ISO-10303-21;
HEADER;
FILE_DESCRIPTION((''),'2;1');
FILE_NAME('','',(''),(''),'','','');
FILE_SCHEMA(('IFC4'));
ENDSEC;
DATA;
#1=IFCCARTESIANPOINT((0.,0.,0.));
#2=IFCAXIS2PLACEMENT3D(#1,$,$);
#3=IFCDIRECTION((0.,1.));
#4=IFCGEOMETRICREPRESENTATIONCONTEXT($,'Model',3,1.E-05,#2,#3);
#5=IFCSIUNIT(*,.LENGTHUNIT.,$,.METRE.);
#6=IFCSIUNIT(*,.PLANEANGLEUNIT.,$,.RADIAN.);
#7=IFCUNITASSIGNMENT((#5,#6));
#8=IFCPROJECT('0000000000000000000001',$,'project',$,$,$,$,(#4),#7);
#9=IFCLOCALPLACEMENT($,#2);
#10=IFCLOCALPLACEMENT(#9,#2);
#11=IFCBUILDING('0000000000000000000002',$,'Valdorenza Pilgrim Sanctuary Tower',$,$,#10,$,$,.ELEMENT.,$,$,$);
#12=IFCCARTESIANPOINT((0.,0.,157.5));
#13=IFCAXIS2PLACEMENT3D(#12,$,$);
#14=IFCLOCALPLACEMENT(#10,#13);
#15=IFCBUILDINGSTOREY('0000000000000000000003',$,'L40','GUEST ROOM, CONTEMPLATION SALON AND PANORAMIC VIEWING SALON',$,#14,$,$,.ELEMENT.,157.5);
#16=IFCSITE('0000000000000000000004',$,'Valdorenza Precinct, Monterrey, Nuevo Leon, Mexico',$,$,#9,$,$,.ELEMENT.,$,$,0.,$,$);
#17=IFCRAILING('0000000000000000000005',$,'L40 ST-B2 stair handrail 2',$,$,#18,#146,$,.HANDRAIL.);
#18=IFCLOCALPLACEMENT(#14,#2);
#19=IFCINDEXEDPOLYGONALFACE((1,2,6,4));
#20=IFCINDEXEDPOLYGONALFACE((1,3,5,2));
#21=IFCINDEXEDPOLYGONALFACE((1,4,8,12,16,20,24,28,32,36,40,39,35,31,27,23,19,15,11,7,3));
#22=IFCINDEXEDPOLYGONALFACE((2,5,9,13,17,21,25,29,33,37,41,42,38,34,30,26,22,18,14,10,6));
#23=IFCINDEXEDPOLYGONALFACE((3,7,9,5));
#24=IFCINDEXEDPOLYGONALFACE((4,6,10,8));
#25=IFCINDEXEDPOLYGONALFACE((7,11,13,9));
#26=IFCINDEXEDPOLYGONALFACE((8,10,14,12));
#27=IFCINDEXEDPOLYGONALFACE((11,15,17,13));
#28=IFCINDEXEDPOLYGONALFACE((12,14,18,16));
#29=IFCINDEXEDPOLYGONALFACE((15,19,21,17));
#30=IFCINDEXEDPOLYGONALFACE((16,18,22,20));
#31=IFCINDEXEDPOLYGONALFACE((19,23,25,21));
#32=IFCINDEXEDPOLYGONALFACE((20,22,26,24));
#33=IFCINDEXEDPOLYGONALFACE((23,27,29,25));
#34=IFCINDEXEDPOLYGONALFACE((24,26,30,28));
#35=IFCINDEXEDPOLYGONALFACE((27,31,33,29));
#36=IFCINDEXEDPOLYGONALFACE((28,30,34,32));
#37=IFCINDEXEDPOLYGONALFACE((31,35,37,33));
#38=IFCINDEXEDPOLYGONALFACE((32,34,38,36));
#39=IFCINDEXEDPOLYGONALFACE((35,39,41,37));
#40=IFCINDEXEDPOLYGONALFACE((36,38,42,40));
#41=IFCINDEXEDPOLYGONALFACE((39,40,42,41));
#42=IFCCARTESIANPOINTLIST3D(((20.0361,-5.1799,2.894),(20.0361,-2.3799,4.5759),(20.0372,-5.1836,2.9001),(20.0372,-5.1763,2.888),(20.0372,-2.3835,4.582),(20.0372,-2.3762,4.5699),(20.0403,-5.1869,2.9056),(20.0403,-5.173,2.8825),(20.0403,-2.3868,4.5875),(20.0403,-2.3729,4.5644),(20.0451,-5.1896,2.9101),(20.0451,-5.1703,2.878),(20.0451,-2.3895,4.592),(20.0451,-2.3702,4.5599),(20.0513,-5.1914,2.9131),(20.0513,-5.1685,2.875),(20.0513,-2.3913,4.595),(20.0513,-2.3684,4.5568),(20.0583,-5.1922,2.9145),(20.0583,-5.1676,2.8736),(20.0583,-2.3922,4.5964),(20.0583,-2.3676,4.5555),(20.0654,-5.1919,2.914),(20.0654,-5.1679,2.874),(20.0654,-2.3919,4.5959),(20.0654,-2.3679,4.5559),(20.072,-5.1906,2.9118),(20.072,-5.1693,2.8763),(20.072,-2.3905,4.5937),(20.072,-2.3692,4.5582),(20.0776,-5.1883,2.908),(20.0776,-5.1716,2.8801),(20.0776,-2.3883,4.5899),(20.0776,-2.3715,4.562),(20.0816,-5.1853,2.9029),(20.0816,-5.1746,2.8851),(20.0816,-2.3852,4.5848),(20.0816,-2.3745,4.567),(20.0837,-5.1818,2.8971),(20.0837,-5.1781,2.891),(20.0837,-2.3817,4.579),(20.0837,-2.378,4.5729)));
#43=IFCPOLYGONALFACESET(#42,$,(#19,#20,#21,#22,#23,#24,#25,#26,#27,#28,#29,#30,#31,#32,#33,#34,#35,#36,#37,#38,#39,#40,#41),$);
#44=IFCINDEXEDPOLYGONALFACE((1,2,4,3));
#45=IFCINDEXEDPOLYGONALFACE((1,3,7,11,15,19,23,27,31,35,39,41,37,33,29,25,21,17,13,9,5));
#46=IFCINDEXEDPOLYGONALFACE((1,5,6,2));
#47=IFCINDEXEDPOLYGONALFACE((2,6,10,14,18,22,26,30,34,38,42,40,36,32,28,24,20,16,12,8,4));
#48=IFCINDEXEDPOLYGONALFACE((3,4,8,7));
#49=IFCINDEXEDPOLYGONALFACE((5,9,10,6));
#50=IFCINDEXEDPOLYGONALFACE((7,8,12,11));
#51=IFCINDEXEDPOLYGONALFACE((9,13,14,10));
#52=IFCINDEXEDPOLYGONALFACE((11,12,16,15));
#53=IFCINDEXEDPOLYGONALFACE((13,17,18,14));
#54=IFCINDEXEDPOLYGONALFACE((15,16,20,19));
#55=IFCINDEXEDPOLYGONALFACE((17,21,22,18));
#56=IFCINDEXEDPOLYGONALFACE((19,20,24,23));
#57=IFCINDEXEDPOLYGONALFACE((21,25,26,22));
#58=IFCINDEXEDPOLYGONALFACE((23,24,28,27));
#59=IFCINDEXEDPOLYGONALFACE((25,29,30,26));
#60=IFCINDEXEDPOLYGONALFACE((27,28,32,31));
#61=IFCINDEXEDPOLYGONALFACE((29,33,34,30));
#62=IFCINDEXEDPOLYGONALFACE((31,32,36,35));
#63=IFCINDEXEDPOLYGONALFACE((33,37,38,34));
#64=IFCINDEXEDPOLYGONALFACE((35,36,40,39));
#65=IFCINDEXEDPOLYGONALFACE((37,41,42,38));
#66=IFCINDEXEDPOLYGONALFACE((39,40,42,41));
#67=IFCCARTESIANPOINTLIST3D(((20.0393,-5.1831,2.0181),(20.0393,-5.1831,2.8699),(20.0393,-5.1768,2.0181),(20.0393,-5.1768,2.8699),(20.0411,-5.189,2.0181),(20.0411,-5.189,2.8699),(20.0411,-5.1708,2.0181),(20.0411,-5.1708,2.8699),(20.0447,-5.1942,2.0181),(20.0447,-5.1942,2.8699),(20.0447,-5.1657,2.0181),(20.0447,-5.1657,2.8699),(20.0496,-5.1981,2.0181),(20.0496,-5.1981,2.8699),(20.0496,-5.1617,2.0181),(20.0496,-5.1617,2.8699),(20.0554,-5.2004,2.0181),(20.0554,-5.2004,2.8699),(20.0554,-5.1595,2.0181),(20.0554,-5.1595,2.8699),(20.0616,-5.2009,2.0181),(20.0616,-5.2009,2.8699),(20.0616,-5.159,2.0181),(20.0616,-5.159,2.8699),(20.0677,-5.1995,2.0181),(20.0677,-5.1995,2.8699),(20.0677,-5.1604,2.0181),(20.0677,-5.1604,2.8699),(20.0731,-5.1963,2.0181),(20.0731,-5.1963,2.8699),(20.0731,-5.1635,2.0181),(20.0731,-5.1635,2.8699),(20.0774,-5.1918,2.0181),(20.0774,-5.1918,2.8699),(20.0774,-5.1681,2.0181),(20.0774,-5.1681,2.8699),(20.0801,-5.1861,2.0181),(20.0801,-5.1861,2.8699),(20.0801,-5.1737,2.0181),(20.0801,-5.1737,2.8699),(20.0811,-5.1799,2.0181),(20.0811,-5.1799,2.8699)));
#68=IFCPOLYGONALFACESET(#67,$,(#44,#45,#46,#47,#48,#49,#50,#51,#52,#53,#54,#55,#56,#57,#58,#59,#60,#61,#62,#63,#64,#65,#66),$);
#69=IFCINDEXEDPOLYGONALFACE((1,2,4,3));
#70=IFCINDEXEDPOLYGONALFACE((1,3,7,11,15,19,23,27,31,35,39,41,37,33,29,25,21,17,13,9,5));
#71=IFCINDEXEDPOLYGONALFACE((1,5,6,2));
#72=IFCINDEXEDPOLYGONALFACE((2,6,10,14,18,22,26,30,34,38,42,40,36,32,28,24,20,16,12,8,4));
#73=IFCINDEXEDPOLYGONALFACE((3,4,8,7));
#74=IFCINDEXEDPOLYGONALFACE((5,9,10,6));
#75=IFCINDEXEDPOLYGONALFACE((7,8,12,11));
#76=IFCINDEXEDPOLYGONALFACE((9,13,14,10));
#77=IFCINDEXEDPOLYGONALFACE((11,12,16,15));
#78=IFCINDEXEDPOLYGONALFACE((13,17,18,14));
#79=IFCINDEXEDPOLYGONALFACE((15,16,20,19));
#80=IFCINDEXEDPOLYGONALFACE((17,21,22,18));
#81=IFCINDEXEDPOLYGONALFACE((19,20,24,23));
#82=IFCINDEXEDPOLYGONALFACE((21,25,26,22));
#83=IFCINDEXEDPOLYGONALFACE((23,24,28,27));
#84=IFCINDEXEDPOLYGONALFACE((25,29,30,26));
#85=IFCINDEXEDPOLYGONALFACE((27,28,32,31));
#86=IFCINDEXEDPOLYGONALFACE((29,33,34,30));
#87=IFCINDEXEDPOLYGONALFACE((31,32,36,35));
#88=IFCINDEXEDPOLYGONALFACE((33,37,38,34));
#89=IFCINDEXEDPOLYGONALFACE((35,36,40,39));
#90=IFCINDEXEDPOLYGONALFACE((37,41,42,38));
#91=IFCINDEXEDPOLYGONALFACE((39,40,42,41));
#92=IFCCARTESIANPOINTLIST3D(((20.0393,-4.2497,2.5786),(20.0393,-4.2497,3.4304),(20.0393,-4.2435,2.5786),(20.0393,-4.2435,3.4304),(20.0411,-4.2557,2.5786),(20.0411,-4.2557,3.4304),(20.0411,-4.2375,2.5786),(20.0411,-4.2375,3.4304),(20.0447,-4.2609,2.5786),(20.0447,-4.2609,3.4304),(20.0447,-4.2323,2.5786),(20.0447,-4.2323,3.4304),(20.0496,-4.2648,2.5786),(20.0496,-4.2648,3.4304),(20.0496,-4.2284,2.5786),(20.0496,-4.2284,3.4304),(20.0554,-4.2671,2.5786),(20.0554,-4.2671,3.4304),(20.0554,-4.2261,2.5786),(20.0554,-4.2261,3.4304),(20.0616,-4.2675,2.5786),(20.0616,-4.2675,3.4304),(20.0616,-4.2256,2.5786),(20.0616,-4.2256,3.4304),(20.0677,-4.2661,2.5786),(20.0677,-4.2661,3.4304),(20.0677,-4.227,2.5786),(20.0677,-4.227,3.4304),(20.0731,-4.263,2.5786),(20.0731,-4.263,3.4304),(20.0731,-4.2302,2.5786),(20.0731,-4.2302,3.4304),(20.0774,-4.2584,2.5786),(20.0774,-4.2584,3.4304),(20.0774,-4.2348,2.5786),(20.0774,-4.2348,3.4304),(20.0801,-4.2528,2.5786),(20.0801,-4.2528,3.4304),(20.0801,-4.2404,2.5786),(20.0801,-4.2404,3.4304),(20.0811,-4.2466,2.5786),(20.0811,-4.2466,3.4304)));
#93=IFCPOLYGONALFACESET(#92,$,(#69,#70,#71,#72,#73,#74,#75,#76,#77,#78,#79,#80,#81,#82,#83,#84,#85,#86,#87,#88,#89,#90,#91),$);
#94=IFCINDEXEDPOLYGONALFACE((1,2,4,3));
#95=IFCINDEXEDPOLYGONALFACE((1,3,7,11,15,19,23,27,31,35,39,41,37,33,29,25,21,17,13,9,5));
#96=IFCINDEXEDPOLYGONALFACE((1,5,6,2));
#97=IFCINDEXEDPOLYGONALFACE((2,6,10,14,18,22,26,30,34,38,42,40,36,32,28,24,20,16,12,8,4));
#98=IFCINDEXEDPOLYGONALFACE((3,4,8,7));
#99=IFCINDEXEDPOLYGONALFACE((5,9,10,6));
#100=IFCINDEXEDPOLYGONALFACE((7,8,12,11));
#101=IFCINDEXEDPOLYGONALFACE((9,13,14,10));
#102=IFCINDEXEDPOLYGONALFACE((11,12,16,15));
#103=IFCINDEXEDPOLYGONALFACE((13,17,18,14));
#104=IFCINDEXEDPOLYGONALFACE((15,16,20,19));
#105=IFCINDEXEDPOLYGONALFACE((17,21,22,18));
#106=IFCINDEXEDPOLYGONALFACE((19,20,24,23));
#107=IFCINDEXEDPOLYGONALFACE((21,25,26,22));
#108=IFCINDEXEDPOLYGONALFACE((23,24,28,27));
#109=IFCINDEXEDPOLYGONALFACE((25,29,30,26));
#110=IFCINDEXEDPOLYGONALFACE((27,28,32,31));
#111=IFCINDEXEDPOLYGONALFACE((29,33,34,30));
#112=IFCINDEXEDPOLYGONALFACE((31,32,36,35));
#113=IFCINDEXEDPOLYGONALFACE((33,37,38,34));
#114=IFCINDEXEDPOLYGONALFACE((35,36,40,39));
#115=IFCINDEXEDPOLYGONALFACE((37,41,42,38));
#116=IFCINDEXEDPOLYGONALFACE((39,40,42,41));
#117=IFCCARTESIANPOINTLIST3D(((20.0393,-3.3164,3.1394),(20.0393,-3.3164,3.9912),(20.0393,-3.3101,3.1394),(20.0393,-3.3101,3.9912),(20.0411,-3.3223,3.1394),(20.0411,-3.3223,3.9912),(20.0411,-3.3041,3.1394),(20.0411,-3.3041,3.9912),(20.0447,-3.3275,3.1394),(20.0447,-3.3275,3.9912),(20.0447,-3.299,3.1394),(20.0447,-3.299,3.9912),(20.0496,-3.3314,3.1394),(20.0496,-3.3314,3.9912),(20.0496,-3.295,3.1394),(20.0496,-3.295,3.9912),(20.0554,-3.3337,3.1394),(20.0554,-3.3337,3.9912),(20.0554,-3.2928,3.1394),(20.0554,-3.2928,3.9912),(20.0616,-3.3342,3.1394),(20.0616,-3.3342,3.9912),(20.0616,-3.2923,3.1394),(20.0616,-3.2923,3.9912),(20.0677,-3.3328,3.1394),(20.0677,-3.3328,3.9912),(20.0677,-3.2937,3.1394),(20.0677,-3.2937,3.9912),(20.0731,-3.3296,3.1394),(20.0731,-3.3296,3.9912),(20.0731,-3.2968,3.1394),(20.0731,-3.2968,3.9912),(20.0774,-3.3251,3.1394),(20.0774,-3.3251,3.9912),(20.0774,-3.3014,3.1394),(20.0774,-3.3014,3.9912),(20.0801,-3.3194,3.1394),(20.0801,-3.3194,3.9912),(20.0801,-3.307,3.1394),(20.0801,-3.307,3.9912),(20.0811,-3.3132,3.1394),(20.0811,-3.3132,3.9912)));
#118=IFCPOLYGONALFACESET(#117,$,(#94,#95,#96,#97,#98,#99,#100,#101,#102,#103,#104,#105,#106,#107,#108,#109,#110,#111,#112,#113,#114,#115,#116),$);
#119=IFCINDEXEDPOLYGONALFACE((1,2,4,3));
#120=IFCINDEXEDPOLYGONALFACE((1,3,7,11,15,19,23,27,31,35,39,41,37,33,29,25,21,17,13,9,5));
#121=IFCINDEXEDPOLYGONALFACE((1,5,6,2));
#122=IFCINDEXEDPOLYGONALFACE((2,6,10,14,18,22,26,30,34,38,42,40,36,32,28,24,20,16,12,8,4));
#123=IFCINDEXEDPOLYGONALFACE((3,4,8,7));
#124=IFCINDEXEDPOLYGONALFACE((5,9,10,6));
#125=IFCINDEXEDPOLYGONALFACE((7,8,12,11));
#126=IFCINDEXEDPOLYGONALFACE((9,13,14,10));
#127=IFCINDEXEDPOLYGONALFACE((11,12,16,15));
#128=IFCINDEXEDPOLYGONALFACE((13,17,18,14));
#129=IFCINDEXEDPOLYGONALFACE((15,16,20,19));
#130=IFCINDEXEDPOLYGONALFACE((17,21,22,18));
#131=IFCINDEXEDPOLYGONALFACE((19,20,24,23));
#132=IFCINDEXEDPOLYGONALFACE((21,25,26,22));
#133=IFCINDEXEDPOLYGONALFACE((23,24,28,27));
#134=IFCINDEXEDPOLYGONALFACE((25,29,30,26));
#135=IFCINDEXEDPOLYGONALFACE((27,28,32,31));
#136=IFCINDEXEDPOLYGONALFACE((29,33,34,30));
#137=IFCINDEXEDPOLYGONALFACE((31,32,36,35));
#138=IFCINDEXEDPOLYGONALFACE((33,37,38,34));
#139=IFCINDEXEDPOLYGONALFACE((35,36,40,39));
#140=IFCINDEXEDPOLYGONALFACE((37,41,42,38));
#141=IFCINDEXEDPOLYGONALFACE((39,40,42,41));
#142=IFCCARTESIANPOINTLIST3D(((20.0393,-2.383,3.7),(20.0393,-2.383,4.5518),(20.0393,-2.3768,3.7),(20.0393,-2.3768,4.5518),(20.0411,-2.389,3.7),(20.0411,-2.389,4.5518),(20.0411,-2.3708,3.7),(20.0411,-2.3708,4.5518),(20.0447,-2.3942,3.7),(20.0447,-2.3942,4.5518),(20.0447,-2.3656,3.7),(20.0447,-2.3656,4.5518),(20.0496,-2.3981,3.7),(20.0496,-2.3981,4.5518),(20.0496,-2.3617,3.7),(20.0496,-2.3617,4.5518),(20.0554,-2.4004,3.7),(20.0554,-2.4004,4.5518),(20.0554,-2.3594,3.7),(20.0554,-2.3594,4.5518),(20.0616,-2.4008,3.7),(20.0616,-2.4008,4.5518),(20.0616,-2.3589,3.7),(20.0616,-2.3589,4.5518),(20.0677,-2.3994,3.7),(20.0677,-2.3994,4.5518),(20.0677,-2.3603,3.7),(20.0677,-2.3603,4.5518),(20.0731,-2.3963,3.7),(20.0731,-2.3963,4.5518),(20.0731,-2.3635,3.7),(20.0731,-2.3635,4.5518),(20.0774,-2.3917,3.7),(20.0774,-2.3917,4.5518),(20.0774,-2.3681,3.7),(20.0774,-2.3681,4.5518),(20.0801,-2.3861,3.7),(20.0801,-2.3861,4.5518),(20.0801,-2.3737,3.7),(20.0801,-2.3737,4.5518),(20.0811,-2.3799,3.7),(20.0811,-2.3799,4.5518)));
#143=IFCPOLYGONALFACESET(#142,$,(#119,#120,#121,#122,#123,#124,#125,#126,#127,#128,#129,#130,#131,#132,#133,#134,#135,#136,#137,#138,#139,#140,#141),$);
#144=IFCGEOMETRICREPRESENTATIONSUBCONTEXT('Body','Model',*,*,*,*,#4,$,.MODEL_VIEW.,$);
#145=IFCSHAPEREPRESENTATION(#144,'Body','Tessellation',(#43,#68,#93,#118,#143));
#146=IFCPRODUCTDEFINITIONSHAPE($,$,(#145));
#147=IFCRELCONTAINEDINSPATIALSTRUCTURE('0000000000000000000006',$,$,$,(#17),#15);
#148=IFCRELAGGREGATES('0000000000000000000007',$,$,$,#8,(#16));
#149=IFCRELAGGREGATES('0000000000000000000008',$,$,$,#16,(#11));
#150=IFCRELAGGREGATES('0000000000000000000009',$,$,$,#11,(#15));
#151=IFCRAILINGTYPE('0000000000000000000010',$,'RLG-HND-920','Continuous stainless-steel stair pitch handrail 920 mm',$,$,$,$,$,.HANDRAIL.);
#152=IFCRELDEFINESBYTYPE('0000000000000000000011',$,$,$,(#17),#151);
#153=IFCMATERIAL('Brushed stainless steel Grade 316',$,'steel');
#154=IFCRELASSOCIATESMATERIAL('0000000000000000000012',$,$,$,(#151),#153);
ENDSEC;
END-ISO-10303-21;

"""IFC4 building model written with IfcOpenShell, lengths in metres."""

from ifc_helpers import new_model, si_unit, direction, frame, origin, origin_2d, place, context, subcontext, project, spatial, circle, extrude, material, type_object, element, save


model = new_model("IFC4")

# Units and contexts
model_context = context("Model", 3, precision=1e-05, world=origin(), true_north=direction((0.0, 1.0)))
body_context = subcontext(model_context, "Body", "Model", "MODEL_VIEW")
ifc_project = project(units=[si_unit("LENGTHUNIT", "METRE"), si_unit("PLANEANGLEUNIT", "RADIAN")], contexts=[model_context])

# Site, building, storey
site_placement = place(None, origin())
site = spatial("IfcSite", under=ifc_project, at=site_placement, Name="Valdorenza Precinct, Monterrey, Nuevo Leon, Mexico", CompositionType="ELEMENT", RefElevation=0.0)
building_placement = place(site_placement, origin())
building = spatial("IfcBuilding", under=site, at=building_placement, Name="Valdorenza Pilgrim Sanctuary Tower", CompositionType="ELEMENT")
storey_placement = place(building_placement, frame((0.0, 0.0, 157.5)))
storey = spatial("IfcBuildingStorey", under=building, at=storey_placement, Name="L40", Description="GUEST ROOM, CONTEMPLATION SALON AND PANORAMIC VIEWING SALON", CompositionType="ELEMENT", Elevation=157.5)

# Railing
ifc_material_1 = material(Name="Brushed stainless steel Grade 316", Category="steel")
railing_type_1 = type_object("IfcRailingType", Name="RLG-HND-920", Description="Continuous stainless-steel stair pitch handrail 920 mm", PredefinedType="HANDRAIL", material=ifc_material_1)
railing_1_placement = place(storey_placement, frame((20.0601, -5.1799, 2.0181)))
element("IfcRailing", 1, at=railing_1_placement, inside=storey, type_object=railing_type_1, Name="L40 ST-B2 stair handrail 2", PredefinedType="HANDRAIL", context=body_context, shape_type="SweptSolid", body=[
    extrude(circle(Radius=0.0239, at=origin_2d()), frame((0.0, 0.0, 0.876), z_axis=(0.0, 0.857242, 0.514913), x_axis=(-1.0, 0.0, 0.0)), (0.0, 0.0, 1.0), 3.2664),
    extrude(circle(Radius=0.021, at=origin_2d()), origin(), (0.0, 0.0, 1.0), 0.8518),
    extrude(circle(Radius=0.021, at=origin_2d()), frame((0.0, 0.9333, 0.5605)), (0.0, 0.0, 1.0), 0.8518),
    extrude(circle(Radius=0.021, at=origin_2d()), frame((0.0, 1.8667, 1.1213)), (0.0, 0.0, 1.0), 0.8518),
    extrude(circle(Radius=0.021, at=origin_2d()), frame((0.0, 2.8, 1.6819)), (0.0, 0.0, 1.0), 0.8518),
])

save(model, "model.ifc")
